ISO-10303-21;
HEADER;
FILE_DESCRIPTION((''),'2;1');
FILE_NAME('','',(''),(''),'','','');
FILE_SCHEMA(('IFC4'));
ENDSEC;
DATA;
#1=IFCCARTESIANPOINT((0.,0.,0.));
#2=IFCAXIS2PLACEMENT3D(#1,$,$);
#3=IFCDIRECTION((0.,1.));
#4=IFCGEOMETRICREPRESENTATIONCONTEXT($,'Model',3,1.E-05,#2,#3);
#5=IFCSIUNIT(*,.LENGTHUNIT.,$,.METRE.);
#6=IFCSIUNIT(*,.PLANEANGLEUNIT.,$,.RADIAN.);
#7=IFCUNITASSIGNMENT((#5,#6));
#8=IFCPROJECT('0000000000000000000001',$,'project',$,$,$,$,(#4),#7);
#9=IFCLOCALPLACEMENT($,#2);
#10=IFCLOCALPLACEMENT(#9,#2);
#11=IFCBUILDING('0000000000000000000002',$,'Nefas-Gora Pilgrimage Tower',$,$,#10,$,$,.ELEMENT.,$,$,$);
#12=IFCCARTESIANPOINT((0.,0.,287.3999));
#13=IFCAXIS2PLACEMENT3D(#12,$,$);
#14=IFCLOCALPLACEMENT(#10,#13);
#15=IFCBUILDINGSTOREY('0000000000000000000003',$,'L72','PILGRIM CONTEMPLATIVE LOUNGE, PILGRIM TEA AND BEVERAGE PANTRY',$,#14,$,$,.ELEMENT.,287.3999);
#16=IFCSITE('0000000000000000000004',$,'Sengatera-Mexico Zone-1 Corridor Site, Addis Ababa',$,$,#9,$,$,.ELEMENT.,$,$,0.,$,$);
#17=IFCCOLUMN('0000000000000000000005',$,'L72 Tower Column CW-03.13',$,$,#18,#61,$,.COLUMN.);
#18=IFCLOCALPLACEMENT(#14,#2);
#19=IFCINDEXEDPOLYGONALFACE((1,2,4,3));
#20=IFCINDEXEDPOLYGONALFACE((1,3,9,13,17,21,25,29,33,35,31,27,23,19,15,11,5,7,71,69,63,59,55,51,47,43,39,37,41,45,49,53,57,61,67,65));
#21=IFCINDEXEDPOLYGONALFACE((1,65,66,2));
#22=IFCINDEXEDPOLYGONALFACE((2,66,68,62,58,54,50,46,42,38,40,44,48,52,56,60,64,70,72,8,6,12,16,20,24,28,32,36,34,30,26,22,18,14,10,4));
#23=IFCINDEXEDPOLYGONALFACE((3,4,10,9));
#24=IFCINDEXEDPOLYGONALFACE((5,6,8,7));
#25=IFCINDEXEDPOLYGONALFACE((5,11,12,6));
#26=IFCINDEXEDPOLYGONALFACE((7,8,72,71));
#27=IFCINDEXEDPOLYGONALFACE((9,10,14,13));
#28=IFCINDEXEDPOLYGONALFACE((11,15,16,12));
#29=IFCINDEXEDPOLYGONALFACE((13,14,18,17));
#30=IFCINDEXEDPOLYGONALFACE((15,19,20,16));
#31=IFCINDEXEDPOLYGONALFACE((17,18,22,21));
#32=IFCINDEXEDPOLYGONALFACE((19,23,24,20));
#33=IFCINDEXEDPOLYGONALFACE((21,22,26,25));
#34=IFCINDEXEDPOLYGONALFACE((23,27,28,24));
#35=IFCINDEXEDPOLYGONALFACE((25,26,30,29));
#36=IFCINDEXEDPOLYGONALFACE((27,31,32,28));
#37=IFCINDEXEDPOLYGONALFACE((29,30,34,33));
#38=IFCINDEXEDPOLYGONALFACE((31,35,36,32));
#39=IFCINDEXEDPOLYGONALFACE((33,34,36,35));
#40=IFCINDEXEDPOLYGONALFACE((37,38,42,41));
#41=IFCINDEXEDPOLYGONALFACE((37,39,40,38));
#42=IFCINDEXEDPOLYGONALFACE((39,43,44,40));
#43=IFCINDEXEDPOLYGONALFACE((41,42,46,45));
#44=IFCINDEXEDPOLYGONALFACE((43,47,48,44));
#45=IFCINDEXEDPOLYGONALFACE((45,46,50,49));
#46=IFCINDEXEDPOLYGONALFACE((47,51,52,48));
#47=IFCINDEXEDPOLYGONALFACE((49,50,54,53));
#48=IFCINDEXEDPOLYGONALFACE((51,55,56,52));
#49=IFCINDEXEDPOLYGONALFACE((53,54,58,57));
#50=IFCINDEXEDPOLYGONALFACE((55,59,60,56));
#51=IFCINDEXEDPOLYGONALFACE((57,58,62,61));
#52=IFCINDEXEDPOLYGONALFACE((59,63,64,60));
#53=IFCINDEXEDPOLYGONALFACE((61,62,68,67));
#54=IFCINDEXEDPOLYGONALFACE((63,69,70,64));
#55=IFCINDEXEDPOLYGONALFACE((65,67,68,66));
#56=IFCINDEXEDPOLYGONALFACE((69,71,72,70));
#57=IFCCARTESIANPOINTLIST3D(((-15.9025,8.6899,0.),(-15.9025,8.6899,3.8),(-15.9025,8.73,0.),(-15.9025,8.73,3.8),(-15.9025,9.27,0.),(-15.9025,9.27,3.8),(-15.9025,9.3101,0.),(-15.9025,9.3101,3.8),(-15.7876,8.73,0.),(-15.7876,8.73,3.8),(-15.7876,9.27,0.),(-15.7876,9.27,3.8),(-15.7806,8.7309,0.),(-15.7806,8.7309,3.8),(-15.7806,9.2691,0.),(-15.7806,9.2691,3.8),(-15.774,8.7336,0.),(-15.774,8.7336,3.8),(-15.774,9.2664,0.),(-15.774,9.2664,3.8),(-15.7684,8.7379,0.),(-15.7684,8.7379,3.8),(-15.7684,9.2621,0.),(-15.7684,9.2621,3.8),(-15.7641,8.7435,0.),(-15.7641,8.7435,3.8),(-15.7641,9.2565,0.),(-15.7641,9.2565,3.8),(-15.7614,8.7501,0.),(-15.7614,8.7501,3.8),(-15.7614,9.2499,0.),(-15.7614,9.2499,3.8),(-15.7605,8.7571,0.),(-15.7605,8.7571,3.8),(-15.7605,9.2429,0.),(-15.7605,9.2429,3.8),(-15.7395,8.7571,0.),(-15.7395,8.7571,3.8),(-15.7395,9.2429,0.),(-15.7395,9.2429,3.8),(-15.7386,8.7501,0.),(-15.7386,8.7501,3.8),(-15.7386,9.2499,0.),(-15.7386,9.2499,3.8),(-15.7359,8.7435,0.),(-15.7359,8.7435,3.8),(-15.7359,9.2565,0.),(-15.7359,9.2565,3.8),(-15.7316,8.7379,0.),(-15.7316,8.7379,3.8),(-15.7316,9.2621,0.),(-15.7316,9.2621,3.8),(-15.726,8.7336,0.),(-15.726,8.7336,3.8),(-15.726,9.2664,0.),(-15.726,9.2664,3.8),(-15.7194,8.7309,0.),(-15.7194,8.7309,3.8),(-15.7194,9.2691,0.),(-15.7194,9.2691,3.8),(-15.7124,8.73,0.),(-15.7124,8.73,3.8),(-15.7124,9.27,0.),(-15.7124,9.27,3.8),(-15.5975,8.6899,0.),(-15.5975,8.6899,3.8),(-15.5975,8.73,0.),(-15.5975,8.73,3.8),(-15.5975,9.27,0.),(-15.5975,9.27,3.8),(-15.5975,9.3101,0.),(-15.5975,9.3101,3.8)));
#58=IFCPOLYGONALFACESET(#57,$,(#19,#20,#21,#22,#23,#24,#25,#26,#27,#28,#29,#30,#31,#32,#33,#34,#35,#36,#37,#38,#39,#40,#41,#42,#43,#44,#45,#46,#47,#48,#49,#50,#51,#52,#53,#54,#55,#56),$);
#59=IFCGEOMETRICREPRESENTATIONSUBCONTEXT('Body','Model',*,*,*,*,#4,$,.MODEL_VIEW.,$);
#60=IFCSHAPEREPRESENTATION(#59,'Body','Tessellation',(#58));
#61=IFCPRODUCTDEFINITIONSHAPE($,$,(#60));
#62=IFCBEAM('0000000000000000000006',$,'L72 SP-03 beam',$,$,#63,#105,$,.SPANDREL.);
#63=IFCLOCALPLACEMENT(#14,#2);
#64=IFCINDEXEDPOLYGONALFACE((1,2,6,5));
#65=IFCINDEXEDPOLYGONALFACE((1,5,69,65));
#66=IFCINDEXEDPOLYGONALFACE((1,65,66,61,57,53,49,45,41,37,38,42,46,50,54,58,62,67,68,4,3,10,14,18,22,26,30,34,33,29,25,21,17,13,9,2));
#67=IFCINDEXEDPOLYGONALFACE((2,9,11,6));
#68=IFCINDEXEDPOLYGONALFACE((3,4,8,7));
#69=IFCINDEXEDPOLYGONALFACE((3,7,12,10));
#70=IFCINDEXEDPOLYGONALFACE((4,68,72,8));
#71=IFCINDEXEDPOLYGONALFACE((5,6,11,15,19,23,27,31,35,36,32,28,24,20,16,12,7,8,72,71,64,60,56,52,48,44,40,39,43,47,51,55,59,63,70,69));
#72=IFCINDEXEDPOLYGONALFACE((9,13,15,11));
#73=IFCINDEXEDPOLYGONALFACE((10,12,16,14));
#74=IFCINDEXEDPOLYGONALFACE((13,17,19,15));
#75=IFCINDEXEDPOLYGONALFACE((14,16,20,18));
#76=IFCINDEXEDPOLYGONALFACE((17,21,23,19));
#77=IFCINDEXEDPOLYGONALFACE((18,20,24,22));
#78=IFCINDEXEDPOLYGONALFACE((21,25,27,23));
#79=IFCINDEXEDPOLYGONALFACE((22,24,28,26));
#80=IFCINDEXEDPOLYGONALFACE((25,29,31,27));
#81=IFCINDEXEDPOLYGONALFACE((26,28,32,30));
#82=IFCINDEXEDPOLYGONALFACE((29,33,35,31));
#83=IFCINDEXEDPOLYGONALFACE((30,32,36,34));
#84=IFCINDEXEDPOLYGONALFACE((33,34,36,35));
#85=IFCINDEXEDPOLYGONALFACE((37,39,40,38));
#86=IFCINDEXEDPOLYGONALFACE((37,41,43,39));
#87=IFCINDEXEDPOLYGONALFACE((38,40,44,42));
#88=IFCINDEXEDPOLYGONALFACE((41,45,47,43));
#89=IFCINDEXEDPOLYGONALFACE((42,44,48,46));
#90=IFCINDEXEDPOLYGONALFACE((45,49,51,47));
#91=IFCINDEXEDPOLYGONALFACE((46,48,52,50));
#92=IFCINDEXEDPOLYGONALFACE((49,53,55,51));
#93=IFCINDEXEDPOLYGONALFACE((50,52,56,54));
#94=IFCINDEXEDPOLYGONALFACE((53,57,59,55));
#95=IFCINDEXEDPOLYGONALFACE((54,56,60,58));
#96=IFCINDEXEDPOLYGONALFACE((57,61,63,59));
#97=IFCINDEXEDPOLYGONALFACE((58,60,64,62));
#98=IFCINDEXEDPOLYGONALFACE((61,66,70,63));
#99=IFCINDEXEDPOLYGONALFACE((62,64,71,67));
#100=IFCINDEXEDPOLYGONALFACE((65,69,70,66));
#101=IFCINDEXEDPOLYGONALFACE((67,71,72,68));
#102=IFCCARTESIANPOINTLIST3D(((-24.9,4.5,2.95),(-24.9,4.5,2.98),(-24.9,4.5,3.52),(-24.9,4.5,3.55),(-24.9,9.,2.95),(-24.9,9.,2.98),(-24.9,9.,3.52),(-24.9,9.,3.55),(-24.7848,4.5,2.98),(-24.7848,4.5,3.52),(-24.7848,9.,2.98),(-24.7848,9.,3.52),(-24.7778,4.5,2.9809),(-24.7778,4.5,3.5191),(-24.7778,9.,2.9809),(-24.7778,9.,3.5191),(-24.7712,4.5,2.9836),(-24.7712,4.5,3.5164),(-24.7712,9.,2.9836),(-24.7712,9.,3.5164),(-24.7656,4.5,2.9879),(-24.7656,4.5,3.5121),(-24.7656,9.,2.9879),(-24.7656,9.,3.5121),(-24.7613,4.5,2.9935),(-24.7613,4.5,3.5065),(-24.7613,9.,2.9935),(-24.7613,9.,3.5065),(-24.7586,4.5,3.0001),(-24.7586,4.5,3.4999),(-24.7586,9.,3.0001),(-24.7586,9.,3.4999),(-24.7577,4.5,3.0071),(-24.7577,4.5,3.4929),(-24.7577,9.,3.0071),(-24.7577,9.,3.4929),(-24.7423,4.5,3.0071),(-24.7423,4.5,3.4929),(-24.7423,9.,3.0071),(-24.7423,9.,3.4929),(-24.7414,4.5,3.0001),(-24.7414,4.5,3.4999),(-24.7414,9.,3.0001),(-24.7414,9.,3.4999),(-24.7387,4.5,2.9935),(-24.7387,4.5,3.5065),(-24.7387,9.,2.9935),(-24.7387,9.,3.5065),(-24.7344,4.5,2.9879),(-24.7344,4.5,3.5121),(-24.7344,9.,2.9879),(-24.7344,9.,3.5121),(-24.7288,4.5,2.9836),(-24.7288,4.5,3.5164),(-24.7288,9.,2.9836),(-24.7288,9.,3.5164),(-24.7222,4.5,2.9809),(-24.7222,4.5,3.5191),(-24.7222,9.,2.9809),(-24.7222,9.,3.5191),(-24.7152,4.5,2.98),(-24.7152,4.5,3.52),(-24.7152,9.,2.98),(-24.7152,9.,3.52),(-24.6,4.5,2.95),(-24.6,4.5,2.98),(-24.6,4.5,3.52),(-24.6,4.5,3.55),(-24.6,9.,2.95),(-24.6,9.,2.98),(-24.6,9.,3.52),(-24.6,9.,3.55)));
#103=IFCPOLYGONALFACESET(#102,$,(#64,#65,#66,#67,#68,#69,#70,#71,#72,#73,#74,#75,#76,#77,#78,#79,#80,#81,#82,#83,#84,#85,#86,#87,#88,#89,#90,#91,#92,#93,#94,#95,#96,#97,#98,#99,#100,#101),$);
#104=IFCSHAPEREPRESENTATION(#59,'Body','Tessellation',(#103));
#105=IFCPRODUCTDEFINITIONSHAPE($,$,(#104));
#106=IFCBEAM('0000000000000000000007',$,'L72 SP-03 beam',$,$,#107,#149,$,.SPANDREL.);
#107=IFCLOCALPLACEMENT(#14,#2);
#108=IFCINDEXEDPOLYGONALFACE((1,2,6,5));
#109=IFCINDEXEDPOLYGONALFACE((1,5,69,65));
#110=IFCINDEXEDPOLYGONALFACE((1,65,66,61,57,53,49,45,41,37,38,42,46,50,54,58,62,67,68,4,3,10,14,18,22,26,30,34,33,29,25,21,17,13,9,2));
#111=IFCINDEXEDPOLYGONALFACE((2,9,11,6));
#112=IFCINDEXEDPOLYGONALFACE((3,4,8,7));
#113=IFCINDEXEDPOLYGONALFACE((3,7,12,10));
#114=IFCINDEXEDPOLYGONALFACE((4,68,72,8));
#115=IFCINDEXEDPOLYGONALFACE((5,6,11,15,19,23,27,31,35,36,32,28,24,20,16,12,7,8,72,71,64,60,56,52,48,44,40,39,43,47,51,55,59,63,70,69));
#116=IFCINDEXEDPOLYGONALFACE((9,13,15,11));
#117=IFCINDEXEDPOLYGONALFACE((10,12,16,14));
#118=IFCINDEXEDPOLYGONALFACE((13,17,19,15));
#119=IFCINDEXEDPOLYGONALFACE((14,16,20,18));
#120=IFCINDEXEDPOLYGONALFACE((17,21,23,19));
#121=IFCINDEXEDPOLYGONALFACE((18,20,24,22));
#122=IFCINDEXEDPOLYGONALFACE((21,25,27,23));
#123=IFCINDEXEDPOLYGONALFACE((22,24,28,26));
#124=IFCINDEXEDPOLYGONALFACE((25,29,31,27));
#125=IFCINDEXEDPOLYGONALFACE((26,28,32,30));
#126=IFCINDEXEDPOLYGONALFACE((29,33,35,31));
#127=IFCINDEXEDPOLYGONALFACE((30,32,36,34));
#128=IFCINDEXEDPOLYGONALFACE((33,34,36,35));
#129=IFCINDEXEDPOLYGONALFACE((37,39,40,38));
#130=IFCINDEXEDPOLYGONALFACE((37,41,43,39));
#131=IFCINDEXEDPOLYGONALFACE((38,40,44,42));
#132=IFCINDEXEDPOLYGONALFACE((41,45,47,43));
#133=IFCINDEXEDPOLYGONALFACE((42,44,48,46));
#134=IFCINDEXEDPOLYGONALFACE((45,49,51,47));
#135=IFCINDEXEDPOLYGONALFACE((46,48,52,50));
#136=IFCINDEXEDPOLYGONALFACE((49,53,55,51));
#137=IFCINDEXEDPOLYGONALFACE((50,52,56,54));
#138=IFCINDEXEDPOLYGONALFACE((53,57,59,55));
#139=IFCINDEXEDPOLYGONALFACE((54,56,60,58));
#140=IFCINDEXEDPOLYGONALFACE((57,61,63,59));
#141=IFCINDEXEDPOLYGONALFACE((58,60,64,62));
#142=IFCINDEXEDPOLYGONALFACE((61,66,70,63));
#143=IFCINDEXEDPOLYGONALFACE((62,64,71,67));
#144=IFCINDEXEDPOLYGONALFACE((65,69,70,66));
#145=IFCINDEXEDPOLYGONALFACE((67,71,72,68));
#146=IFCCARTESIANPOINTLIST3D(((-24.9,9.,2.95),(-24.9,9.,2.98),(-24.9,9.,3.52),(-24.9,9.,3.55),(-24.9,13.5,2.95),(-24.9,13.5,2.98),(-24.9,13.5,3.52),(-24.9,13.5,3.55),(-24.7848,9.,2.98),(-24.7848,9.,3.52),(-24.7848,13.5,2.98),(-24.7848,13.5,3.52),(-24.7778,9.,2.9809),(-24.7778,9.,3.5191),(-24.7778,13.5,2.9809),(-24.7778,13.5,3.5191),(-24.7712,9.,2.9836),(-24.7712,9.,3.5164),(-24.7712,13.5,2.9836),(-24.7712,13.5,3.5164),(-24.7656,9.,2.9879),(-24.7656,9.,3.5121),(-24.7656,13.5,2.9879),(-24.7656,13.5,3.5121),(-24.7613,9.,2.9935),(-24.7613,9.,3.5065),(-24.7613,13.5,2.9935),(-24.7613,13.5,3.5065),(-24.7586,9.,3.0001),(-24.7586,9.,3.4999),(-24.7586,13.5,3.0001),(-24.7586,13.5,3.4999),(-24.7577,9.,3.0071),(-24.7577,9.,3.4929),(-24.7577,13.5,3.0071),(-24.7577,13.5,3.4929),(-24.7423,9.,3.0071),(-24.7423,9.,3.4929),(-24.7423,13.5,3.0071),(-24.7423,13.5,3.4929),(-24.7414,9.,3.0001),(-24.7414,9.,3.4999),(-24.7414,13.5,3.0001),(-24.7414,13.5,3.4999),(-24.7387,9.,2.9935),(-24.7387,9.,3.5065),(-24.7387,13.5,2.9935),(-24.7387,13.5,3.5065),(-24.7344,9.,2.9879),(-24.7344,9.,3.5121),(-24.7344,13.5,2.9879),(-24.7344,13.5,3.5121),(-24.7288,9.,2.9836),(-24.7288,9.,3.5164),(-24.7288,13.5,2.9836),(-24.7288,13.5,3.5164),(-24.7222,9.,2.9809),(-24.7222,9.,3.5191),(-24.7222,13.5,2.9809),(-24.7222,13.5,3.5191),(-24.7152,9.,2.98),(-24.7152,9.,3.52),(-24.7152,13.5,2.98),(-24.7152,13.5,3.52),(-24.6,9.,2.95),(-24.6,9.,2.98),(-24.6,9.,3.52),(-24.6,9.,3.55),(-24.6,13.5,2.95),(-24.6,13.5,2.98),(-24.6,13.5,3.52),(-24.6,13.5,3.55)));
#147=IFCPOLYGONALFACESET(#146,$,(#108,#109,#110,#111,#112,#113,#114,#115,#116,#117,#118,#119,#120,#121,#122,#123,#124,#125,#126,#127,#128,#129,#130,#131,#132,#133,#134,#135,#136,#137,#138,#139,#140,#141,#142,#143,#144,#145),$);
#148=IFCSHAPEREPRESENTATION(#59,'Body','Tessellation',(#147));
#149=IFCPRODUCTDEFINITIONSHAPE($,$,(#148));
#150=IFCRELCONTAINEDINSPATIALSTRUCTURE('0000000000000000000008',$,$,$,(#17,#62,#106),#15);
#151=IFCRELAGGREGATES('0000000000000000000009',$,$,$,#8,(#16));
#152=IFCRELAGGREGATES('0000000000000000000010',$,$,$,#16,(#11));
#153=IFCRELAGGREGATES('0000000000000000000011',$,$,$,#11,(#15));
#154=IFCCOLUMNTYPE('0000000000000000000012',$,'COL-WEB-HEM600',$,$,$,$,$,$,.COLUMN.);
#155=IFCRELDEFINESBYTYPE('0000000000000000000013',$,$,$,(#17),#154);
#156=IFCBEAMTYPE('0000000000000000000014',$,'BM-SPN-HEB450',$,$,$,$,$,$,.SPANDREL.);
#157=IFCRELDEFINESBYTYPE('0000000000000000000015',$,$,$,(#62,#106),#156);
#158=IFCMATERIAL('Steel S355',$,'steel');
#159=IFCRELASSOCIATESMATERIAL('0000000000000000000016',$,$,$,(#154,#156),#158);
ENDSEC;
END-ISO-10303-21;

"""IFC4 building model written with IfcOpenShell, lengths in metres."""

from ifc_helpers import new_model, si_unit, direction, frame, origin, origin_2d, place, context, subcontext, project, spatial, i_section, extrude, source, transform, mapped, material, material_profile, profile_set, type_object, element, save


model = new_model("IFC4")

# Units and contexts
model_context = context("Model", 3, precision=1e-05, world=origin(), true_north=direction((0.0, 1.0)))
body_context = subcontext(model_context, "Body", "Model", "MODEL_VIEW")
ifc_project = project(units=[si_unit("LENGTHUNIT", "METRE"), si_unit("PLANEANGLEUNIT", "RADIAN")], contexts=[model_context])

# Site, building, storey
site_placement = place(None, origin())
site = spatial("IfcSite", under=ifc_project, at=site_placement, Name="Sengatera-Mexico Zone-1 Corridor Site, Addis Ababa", CompositionType="ELEMENT", RefElevation=0.0)
building_placement = place(site_placement, origin())
building = spatial("IfcBuilding", under=site, at=building_placement, Name="Nefas-Gora Pilgrimage Tower", CompositionType="ELEMENT")
storey_placement = place(building_placement, frame((0.0, 0.0, 287.3999)))
storey = spatial("IfcBuildingStorey", under=building, at=storey_placement, Name="L72", Description="PILGRIM CONTEMPLATIVE LOUNGE, PILGRIM TEA AND BEVERAGE PANTRY", CompositionType="ELEMENT", Elevation=287.3999)

# Column
ifc_material_1 = material(Name="Steel S355", Category="steel")
ifc_material_profile_1 = material_profile(ifc_material_1, i_section(OverallWidth=0.3049, OverallDepth=0.6201, WebThickness=0.021, FlangeThickness=0.04, FilletRadius=0.0271, at=origin_2d()), Name="HEM 600")
ifc_profile_set_1 = profile_set([ifc_material_profile_1], Name="Steel S355")
column_type_1 = type_object("IfcColumnType", Name="COL-WEB-HEM600", PredefinedType="COLUMN", material=ifc_profile_set_1)
shared_shape_1 = source(origin(), body_context, "Body", "SweptSolid", [
    extrude(i_section(OverallWidth=0.3049, OverallDepth=0.6201, WebThickness=0.021, FlangeThickness=0.04, FilletRadius=0.0271, at=origin_2d()), origin(), (0.0, 0.0, 1.0), 3.8),
])
for number, where, z_axis, x_axis, name in (
    (1, (-15.75, 9.0, 0.0), (0.0, 0.0, 1.0), (1.0, 0.0, 0.0), "L72 Tower Column CW-03.13"),
):
    element("IfcColumn", number, at=place(storey_placement, frame(where, z_axis=z_axis, x_axis=x_axis)), inside=storey, type_object=column_type_1, Name=name, PredefinedType="COLUMN", context=body_context, shape_type="MappedRepresentation", body=[
        mapped(shared_shape_1, transform((0.0, 0.0, 0.0), x_axis=(1.0, 0.0, 0.0), y_axis=(0.0, 1.0, 0.0), z_axis=(0.0, 0.0, 1.0), scale=1.0)),
    ])

# Beams
ifc_material_profile_2 = material_profile(ifc_material_1, i_section(OverallWidth=0.3, OverallDepth=0.6001, WebThickness=0.0154, FlangeThickness=0.03, FilletRadius=0.0271, at=origin_2d()), Name="HEB 600")
ifc_profile_set_2 = profile_set([ifc_material_profile_2], Name="Steel S355")
beam_type_1 = type_object("IfcBeamType", Name="BM-SPN-HEB450", PredefinedType="SPANDREL", material=ifc_profile_set_2)
shared_shape_2 = source(origin(), body_context, "Body", "SweptSolid", [
    extrude(i_section(OverallWidth=0.3, OverallDepth=0.6001, WebThickness=0.0154, FlangeThickness=0.03, FilletRadius=0.0271, at=origin_2d()), origin(), (0.0, 0.0, 1.0), 4.5),
])
for number, where, z_axis, x_axis, name in (
    (2, (-24.75, 4.5, 3.25), (0.0, 1.0, 0.0), (-1.0, 0.0, 0.0), "L72 SP-03 beam"),
    (3, (-24.75, 9.0, 3.25), (0.0, 1.0, 0.0), (-1.0, 0.0, 0.0), "L72 SP-03 beam"),
):
    element("IfcBeam", number, at=place(storey_placement, frame(where, z_axis=z_axis, x_axis=x_axis)), inside=storey, type_object=beam_type_1, Name=name, PredefinedType="SPANDREL", context=body_context, shape_type="MappedRepresentation", body=[
        mapped(shared_shape_2, transform((0.0, 0.0, 0.0), x_axis=(1.0, 0.0, 0.0), y_axis=(0.0, 1.0, 0.0), z_axis=(0.0, 0.0, 1.0), scale=1.0)),
    ])

save(model, "model.ifc")
